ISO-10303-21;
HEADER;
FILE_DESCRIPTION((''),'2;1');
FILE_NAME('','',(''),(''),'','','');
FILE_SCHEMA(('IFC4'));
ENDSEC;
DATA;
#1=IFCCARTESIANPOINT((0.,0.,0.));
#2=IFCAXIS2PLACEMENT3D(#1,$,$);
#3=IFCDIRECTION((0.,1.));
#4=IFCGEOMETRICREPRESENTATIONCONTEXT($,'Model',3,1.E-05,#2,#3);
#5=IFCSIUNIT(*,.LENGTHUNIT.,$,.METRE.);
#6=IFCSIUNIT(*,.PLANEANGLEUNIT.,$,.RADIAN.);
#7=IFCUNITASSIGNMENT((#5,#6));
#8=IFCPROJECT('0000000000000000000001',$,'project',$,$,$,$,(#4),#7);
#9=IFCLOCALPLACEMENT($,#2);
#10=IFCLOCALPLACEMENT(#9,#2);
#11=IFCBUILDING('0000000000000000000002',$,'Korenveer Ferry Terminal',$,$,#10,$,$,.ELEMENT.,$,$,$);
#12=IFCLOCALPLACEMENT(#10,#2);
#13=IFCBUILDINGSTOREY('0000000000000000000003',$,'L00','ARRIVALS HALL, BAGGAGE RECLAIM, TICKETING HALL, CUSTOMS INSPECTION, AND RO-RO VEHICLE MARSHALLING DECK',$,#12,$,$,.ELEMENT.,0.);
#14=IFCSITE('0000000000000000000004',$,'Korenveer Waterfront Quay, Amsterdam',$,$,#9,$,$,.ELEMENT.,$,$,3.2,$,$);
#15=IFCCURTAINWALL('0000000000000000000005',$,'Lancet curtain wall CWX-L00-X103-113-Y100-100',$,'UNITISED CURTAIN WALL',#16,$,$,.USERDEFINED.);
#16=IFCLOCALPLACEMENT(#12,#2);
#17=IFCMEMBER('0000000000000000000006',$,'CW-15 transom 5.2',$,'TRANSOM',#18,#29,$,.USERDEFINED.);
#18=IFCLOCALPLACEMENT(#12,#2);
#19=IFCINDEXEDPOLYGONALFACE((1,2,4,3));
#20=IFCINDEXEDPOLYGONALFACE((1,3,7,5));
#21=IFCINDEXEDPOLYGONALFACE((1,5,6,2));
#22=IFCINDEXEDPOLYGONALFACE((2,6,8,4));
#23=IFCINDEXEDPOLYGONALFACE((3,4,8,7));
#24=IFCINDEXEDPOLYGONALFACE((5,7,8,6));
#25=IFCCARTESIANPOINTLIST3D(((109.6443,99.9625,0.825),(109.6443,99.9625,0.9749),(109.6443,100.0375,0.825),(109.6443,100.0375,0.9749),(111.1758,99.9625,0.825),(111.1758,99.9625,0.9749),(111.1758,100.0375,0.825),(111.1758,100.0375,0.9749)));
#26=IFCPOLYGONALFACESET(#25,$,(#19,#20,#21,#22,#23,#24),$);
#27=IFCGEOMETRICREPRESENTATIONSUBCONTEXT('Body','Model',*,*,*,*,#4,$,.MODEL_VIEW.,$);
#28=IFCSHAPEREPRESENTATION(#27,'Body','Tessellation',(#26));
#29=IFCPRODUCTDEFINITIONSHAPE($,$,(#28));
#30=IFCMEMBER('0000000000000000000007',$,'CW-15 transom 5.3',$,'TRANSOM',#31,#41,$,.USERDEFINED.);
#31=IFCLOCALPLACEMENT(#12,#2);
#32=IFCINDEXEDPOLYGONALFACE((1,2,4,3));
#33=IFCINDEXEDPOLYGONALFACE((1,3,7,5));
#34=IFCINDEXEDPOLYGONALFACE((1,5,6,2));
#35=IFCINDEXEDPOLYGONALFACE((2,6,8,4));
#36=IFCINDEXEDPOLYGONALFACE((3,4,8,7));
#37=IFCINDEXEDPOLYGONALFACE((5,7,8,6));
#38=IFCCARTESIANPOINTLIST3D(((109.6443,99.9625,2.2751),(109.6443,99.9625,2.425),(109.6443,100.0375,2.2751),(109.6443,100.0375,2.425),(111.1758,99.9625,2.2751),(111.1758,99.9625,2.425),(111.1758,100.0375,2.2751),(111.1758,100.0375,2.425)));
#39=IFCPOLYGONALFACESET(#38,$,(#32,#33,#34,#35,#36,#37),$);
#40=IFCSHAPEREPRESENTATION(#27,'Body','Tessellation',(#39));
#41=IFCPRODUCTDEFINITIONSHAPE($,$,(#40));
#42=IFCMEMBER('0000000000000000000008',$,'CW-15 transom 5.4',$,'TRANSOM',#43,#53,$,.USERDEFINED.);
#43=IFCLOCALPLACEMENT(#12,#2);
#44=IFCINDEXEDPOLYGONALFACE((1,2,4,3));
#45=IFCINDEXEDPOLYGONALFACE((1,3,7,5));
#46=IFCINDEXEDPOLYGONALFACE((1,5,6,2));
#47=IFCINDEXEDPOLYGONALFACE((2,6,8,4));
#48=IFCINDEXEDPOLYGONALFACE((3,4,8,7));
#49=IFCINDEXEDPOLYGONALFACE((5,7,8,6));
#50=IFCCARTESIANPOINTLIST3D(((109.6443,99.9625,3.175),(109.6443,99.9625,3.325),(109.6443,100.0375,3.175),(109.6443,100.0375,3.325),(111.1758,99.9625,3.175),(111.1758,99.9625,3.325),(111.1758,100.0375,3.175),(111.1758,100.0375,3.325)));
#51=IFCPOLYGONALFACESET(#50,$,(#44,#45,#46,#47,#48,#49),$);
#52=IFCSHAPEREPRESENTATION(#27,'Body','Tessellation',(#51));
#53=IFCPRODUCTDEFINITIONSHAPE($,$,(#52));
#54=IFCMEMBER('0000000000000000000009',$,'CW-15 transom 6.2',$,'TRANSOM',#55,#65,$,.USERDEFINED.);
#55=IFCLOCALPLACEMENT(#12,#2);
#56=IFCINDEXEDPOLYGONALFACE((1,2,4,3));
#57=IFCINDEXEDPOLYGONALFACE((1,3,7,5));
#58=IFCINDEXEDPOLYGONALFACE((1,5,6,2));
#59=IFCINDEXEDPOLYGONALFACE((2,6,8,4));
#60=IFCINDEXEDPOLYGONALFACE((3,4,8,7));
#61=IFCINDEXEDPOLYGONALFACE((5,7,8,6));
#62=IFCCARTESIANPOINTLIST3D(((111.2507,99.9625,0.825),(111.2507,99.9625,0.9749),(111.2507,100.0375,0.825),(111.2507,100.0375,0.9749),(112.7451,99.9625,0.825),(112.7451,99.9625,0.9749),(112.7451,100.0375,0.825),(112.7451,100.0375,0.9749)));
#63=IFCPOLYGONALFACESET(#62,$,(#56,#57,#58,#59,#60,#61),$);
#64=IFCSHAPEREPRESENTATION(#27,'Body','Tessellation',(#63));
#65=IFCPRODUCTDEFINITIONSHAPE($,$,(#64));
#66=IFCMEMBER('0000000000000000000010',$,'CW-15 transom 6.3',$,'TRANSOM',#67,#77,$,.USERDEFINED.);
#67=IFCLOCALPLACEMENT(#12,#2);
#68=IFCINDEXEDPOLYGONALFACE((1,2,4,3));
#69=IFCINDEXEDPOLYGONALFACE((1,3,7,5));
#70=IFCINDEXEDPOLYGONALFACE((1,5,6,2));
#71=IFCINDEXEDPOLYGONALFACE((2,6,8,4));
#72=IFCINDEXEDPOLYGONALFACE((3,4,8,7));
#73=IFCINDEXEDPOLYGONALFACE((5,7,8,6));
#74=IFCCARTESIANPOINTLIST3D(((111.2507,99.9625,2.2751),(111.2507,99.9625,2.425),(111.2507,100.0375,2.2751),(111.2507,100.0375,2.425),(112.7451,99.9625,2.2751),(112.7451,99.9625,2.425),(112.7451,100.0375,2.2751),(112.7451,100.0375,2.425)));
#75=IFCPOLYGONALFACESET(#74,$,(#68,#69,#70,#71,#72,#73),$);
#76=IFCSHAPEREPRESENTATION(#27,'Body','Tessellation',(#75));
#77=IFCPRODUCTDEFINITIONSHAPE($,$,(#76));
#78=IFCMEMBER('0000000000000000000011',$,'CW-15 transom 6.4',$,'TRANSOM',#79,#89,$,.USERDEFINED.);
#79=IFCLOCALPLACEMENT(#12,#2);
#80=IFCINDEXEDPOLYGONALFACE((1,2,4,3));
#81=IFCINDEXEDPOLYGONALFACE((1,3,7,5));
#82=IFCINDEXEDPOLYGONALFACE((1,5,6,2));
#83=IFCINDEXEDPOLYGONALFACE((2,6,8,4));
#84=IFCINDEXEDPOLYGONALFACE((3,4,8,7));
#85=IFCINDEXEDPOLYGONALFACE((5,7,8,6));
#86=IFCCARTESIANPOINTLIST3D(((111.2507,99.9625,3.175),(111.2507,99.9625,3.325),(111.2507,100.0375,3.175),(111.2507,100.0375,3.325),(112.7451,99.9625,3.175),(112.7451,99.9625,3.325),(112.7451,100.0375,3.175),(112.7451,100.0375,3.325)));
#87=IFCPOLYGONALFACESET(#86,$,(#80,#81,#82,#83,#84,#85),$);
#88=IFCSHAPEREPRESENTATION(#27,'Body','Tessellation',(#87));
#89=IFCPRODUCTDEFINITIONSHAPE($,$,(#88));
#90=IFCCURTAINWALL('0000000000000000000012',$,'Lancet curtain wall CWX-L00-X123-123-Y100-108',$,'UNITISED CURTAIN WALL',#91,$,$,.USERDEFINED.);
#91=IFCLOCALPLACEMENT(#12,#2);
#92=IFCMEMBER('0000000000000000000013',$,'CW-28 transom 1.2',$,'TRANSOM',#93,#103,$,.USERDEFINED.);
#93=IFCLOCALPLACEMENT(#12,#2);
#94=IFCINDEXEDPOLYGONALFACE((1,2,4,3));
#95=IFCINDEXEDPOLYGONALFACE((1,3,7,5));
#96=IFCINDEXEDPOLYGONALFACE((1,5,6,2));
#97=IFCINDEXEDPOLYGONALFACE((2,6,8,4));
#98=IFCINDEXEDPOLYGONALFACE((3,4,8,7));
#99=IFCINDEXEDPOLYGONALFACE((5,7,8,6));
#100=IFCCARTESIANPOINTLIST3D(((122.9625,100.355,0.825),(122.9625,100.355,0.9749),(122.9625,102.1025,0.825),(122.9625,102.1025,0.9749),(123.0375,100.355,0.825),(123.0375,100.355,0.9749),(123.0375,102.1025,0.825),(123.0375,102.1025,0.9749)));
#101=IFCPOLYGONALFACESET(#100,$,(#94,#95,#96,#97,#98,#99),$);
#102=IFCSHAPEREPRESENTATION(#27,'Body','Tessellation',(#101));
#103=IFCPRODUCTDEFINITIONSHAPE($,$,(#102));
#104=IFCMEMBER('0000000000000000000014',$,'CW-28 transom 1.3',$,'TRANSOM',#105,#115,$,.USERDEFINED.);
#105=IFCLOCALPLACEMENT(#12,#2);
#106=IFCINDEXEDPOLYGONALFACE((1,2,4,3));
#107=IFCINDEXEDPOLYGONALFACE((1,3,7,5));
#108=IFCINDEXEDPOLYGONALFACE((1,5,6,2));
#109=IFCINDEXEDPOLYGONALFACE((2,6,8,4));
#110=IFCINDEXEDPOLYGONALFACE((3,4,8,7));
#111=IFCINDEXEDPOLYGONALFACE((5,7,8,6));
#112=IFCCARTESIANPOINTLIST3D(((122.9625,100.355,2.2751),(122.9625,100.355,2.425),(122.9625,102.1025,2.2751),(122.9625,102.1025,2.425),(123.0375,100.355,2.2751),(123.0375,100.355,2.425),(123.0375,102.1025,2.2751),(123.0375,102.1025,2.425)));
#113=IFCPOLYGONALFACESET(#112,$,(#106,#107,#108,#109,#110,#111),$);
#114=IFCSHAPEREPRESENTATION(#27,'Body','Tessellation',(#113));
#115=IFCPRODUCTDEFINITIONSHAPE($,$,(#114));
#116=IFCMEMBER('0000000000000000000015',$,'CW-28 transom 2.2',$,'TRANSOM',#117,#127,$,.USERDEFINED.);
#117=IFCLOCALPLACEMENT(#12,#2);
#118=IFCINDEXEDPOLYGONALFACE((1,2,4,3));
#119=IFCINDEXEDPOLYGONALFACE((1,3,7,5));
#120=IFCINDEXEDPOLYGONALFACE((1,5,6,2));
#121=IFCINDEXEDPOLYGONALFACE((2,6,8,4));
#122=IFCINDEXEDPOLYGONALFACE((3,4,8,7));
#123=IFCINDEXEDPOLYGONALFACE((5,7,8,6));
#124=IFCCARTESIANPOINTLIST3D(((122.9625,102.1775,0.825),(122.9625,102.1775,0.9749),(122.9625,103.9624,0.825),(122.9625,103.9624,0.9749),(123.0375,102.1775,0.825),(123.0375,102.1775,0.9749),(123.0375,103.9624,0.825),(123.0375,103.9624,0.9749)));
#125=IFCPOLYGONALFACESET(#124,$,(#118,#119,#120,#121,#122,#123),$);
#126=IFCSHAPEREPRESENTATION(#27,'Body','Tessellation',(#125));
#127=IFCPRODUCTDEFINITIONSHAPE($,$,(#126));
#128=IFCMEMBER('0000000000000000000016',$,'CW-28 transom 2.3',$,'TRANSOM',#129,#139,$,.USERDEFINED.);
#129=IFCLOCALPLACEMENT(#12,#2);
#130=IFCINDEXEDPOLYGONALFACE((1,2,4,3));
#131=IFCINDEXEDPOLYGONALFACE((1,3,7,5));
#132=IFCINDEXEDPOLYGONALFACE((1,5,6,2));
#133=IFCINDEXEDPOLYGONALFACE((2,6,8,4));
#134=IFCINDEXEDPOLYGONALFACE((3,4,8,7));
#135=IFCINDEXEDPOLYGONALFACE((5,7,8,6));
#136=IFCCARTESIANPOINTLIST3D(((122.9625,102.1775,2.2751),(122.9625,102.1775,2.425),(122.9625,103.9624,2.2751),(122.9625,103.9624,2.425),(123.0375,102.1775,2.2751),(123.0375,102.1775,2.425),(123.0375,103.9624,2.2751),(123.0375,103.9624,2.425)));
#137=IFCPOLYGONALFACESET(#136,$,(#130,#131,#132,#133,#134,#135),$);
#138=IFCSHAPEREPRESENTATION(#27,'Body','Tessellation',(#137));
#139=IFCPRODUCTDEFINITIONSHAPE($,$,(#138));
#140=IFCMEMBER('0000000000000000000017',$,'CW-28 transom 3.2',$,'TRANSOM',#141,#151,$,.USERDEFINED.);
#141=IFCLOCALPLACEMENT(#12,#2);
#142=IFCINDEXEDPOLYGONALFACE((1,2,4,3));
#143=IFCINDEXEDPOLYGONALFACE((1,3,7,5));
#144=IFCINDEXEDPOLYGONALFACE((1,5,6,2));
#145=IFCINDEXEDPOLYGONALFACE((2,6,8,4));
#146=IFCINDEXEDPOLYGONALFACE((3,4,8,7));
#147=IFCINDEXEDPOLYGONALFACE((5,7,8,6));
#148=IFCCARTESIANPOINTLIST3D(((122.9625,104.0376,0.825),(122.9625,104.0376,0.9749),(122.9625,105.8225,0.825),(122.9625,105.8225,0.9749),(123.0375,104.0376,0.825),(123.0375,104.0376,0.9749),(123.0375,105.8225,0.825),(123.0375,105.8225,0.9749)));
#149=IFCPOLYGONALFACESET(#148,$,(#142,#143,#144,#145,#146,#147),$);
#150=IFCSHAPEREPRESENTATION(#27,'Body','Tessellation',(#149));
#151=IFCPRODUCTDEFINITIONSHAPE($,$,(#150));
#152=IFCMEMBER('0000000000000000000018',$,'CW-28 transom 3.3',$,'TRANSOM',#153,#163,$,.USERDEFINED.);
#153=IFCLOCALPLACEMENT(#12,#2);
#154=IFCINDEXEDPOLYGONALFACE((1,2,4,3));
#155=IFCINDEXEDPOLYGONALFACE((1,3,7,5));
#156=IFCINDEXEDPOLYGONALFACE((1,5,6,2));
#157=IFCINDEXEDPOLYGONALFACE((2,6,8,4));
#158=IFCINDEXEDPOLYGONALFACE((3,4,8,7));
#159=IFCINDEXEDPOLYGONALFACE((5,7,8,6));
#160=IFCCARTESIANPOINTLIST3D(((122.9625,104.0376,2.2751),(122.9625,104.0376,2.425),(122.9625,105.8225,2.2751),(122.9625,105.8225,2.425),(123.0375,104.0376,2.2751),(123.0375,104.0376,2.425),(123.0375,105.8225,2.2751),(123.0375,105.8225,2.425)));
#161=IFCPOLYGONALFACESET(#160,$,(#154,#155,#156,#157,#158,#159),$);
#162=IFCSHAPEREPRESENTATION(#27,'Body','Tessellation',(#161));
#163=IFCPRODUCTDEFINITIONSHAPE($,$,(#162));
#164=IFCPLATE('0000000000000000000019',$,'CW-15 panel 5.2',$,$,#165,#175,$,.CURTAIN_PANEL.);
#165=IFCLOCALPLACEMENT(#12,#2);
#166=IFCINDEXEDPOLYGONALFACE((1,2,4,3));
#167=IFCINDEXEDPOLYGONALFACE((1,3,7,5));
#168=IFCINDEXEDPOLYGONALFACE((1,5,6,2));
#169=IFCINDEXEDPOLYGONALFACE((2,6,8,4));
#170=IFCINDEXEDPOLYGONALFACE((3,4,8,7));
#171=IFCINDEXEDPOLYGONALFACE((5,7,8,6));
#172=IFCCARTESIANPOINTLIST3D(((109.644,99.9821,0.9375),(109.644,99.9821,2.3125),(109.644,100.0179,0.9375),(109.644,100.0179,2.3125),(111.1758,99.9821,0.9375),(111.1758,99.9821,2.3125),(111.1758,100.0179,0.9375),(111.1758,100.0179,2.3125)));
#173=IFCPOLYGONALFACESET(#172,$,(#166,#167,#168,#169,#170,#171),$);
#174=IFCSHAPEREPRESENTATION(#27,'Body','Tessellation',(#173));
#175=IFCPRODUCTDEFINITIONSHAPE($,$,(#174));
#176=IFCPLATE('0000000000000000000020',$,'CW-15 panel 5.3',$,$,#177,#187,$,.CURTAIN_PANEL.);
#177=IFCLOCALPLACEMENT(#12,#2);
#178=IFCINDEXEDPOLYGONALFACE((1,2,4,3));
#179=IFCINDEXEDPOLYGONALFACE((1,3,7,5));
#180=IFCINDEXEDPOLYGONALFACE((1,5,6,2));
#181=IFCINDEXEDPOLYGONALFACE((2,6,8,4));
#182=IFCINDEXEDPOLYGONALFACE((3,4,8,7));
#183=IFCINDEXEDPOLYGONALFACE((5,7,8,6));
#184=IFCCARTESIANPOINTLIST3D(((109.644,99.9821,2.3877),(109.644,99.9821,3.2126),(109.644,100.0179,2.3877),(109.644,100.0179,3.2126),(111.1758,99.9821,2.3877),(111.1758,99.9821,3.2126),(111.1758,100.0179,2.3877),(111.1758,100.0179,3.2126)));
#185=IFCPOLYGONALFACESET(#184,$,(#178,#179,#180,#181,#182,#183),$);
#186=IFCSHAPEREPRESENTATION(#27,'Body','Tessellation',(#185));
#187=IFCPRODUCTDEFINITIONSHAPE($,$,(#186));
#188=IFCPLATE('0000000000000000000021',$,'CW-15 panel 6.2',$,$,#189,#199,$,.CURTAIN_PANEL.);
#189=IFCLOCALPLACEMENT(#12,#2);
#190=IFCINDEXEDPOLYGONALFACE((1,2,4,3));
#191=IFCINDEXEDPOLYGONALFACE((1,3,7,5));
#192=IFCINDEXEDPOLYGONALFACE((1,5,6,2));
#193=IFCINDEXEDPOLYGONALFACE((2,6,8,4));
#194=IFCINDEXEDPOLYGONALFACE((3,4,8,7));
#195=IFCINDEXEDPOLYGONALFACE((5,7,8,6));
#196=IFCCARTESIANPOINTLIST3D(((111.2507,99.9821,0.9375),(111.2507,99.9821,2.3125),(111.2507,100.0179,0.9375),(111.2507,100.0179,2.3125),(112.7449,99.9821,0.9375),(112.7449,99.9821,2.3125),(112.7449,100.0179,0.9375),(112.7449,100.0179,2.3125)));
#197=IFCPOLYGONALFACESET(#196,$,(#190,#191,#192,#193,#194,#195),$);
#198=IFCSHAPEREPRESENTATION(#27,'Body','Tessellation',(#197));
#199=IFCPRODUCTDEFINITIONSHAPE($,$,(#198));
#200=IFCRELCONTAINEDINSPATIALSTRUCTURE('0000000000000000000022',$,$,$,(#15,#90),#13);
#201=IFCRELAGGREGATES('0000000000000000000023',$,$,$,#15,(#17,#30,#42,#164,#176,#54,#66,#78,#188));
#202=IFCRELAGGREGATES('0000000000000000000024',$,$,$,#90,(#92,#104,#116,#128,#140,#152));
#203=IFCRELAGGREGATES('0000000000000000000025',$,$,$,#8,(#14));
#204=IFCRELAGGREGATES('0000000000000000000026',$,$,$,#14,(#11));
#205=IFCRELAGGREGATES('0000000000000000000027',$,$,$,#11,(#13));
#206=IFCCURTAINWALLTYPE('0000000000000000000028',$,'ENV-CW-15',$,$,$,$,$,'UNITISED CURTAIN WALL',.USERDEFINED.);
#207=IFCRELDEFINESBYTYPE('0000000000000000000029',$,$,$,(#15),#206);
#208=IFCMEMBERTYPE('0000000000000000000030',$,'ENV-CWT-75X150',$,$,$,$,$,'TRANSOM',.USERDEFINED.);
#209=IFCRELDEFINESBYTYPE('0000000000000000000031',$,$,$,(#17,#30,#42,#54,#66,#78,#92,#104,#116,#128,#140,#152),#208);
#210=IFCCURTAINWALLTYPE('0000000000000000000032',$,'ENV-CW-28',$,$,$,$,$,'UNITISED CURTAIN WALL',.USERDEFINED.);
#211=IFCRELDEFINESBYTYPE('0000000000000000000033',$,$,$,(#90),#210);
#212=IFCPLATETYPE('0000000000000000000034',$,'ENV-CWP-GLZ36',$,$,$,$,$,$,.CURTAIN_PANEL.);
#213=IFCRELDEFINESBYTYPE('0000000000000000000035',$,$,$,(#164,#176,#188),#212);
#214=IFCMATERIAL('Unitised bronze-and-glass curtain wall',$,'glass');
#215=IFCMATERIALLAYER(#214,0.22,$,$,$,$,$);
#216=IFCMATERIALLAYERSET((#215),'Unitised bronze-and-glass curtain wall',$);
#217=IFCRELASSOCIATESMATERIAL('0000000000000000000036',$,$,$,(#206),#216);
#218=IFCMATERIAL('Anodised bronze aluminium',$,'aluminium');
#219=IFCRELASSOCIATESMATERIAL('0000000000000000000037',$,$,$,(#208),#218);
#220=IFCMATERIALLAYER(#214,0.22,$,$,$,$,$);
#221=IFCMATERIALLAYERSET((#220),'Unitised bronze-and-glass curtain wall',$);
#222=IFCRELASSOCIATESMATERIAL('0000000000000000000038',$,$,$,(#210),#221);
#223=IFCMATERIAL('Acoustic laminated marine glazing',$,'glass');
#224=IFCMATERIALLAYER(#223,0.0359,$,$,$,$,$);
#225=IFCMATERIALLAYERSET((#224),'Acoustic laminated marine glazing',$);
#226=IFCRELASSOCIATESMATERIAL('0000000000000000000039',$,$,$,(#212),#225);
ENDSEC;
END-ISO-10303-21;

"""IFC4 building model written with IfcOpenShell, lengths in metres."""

from ifc_helpers import new_model, si_unit, direction, frame, origin, origin_2d, place, context, subcontext, project, spatial, rectangle, extrude, material, layer, layer_set, material_profile, profile_set, type_object, element, aggregate, save


model = new_model("IFC4")

# Units and contexts
model_context = context("Model", 3, precision=1e-05, world=origin(), true_north=direction((0.0, 1.0)))
body_context = subcontext(model_context, "Body", "Model", "MODEL_VIEW")
ifc_project = project(units=[si_unit("LENGTHUNIT", "METRE"), si_unit("PLANEANGLEUNIT", "RADIAN")], contexts=[model_context])

# Site, building, storey
site_placement = place(None, origin())
site = spatial("IfcSite", under=ifc_project, at=site_placement, Name="Korenveer Waterfront Quay, Amsterdam", CompositionType="ELEMENT", RefElevation=3.2)
building_placement = place(site_placement, origin())
building = spatial("IfcBuilding", under=site, at=building_placement, Name="Korenveer Ferry Terminal", CompositionType="ELEMENT")
storey_placement = place(building_placement, origin())
storey = spatial("IfcBuildingStorey", under=building, at=storey_placement, Name="L00", Description="ARRIVALS HALL, BAGGAGE RECLAIM, TICKETING HALL, CUSTOMS INSPECTION, AND RO-RO VEHICLE MARSHALLING DECK", CompositionType="ELEMENT", Elevation=0.0)

# Curtain walls, members
ifc_material_1 = material(Name="Unitised bronze-and-glass curtain wall", Category="glass")
ifc_layer_1 = layer(ifc_material_1, 0.22)
ifc_layer_set_1 = layer_set([ifc_layer_1], Name="Unitised bronze-and-glass curtain wall")
curtain_wall_type_1 = type_object("IfcCurtainWallType", Name="ENV-CW-15", ElementType="UNITISED CURTAIN WALL", PredefinedType="USERDEFINED", material=ifc_layer_set_1)
curtain_wall_1_placement = place(storey_placement, frame((103.1799, 100.0, 0.0)))
curtain_wall_1 = element("IfcCurtainWall", 1, at=curtain_wall_1_placement, inside=storey, type_object=curtain_wall_type_1, Name="Lancet curtain wall CWX-L00-X103-113-Y100-100", ObjectType="UNITISED CURTAIN WALL", PredefinedType="USERDEFINED")
ifc_material_2 = material(Name="Anodised bronze aluminium", Category="aluminium")
ifc_material_profile = material_profile(ifc_material_2, rectangle(XDim=0.075, YDim=0.1499, at=origin_2d()), Name="ALU 75x150")
ifc_profile_set = profile_set([ifc_material_profile], Name="Anodised bronze aluminium")
member_type = type_object("IfcMemberType", Name="ENV-CWT-75X150", ElementType="TRANSOM", PredefinedType="USERDEFINED", material=ifc_profile_set)
member_1_placement = place(storey_placement, frame((109.6443, 100.0, 0.8999), z_axis=(1.0, 0.0, 0.0), x_axis=(0.0, 1.0, 0.0)))
member_1 = element("IfcMember", 2, at=member_1_placement, type_object=member_type, Name="CW-15 transom 5.2", ObjectType="TRANSOM", PredefinedType="USERDEFINED", context=body_context, shape_type="SweptSolid", body=[
    extrude(rectangle(XDim=0.075, YDim=0.1499, at=origin_2d()), origin(), (0.0, 0.0, 1.0), 1.5315),
])
member_2_placement = place(storey_placement, frame((109.6443, 100.0, 2.3501), z_axis=(1.0, 0.0, 0.0), x_axis=(0.0, 1.0, 0.0)))
member_2 = element("IfcMember", 3, at=member_2_placement, type_object=member_type, Name="CW-15 transom 5.3", ObjectType="TRANSOM", PredefinedType="USERDEFINED", context=body_context, shape_type="SweptSolid", body=[
    extrude(rectangle(XDim=0.075, YDim=0.1499, at=origin_2d()), origin(), (0.0, 0.0, 1.0), 1.5315),
])
member_3_placement = place(storey_placement, frame((109.6443, 100.0, 3.25), z_axis=(1.0, 0.0, 0.0), x_axis=(0.0, 1.0, 0.0)))
member_3 = element("IfcMember", 4, at=member_3_placement, type_object=member_type, Name="CW-15 transom 5.4", ObjectType="TRANSOM", PredefinedType="USERDEFINED", context=body_context, shape_type="SweptSolid", body=[
    extrude(rectangle(XDim=0.075, YDim=0.1499, at=origin_2d()), origin(), (0.0, 0.0, 1.0), 1.5315),
])
member_4_placement = place(storey_placement, frame((111.2507, 100.0, 0.8999), z_axis=(1.0, 0.0, 0.0), x_axis=(0.0, 1.0, 0.0)))
member_4 = element("IfcMember", 5, at=member_4_placement, type_object=member_type, Name="CW-15 transom 6.2", ObjectType="TRANSOM", PredefinedType="USERDEFINED", context=body_context, shape_type="SweptSolid", body=[
    extrude(rectangle(XDim=0.075, YDim=0.1499, at=origin_2d()), origin(), (0.0, 0.0, 1.0), 1.4944),
])
member_5_placement = place(storey_placement, frame((111.2507, 100.0, 2.3501), z_axis=(1.0, 0.0, 0.0), x_axis=(0.0, 1.0, 0.0)))
member_5 = element("IfcMember", 6, at=member_5_placement, type_object=member_type, Name="CW-15 transom 6.3", ObjectType="TRANSOM", PredefinedType="USERDEFINED", context=body_context, shape_type="SweptSolid", body=[
    extrude(rectangle(XDim=0.075, YDim=0.1499, at=origin_2d()), origin(), (0.0, 0.0, 1.0), 1.4944),
])
member_6_placement = place(storey_placement, frame((111.2507, 100.0, 3.25), z_axis=(1.0, 0.0, 0.0), x_axis=(0.0, 1.0, 0.0)))
member_6 = element("IfcMember", 7, at=member_6_placement, type_object=member_type, Name="CW-15 transom 6.4", ObjectType="TRANSOM", PredefinedType="USERDEFINED", context=body_context, shape_type="SweptSolid", body=[
    extrude(rectangle(XDim=0.075, YDim=0.1499, at=origin_2d()), origin(), (0.0, 0.0, 1.0), 1.4944),
])
ifc_layer_2 = layer(ifc_material_1, 0.22)
ifc_layer_set_2 = layer_set([ifc_layer_2], Name="Unitised bronze-and-glass curtain wall")
curtain_wall_type_2 = type_object("IfcCurtainWallType", Name="ENV-CW-28", ElementType="UNITISED CURTAIN WALL", PredefinedType="USERDEFINED", material=ifc_layer_set_2)
curtain_wall_2_placement = place(storey_placement, frame((123.0, 100.28, 0.0)))
curtain_wall_2 = element("IfcCurtainWall", 8, at=curtain_wall_2_placement, inside=storey, type_object=curtain_wall_type_2, Name="Lancet curtain wall CWX-L00-X123-123-Y100-108", ObjectType="UNITISED CURTAIN WALL", PredefinedType="USERDEFINED")
member_7_placement = place(storey_placement, frame((123.0, 100.355, 0.8999), z_axis=(0.0, 1.0, 0.0), x_axis=(-1.0, 0.0, 0.0)))
member_7 = element("IfcMember", 9, at=member_7_placement, type_object=member_type, Name="CW-28 transom 1.2", ObjectType="TRANSOM", PredefinedType="USERDEFINED", context=body_context, shape_type="SweptSolid", body=[
    extrude(rectangle(XDim=0.075, YDim=0.1499, at=origin_2d()), origin(), (0.0, 0.0, 1.0), 1.7476),
])
member_8_placement = place(storey_placement, frame((123.0, 100.355, 2.3501), z_axis=(0.0, 1.0, 0.0), x_axis=(-1.0, 0.0, 0.0)))
member_8 = element("IfcMember", 10, at=member_8_placement, type_object=member_type, Name="CW-28 transom 1.3", ObjectType="TRANSOM", PredefinedType="USERDEFINED", context=body_context, shape_type="SweptSolid", body=[
    extrude(rectangle(XDim=0.075, YDim=0.1499, at=origin_2d()), origin(), (0.0, 0.0, 1.0), 1.7476),
])
member_9_placement = place(storey_placement, frame((123.0, 102.1775, 0.8999), z_axis=(0.0, 1.0, 0.0), x_axis=(-1.0, 0.0, 0.0)))
member_9 = element("IfcMember", 11, at=member_9_placement, type_object=member_type, Name="CW-28 transom 2.2", ObjectType="TRANSOM", PredefinedType="USERDEFINED", context=body_context, shape_type="SweptSolid", body=[
    extrude(rectangle(XDim=0.075, YDim=0.1499, at=origin_2d()), origin(), (0.0, 0.0, 1.0), 1.7849),
])
member_10_placement = place(storey_placement, frame((123.0, 102.1775, 2.3501), z_axis=(0.0, 1.0, 0.0), x_axis=(-1.0, 0.0, 0.0)))
member_10 = element("IfcMember", 12, at=member_10_placement, type_object=member_type, Name="CW-28 transom 2.3", ObjectType="TRANSOM", PredefinedType="USERDEFINED", context=body_context, shape_type="SweptSolid", body=[
    extrude(rectangle(XDim=0.075, YDim=0.1499, at=origin_2d()), origin(), (0.0, 0.0, 1.0), 1.7849),
])
member_11_placement = place(storey_placement, frame((123.0, 104.0376, 0.8999), z_axis=(0.0, 1.0, 0.0), x_axis=(-1.0, 0.0, 0.0)))
member_11 = element("IfcMember", 13, at=member_11_placement, type_object=member_type, Name="CW-28 transom 3.2", ObjectType="TRANSOM", PredefinedType="USERDEFINED", context=body_context, shape_type="SweptSolid", body=[
    extrude(rectangle(XDim=0.075, YDim=0.1499, at=origin_2d()), origin(), (0.0, 0.0, 1.0), 1.7849),
])
member_12_placement = place(storey_placement, frame((123.0, 104.0376, 2.3501), z_axis=(0.0, 1.0, 0.0), x_axis=(-1.0, 0.0, 0.0)))
member_12 = element("IfcMember", 14, at=member_12_placement, type_object=member_type, Name="CW-28 transom 3.3", ObjectType="TRANSOM", PredefinedType="USERDEFINED", context=body_context, shape_type="SweptSolid", body=[
    extrude(rectangle(XDim=0.075, YDim=0.1499, at=origin_2d()), origin(), (0.0, 0.0, 1.0), 1.7849),
])

# Plates
ifc_material_3 = material(Name="Acoustic laminated marine glazing", Category="glass")
ifc_layer_3 = layer(ifc_material_3, 0.0359)
ifc_layer_set_3 = layer_set([ifc_layer_3], Name="Acoustic laminated marine glazing")
plate_type = type_object("IfcPlateType", Name="ENV-CWP-GLZ36", PredefinedType="CURTAIN_PANEL", material=ifc_layer_set_3)
plate_1_placement = place(storey_placement, frame((110.4099, 100.0, 0.9375), z_axis=(0.0, 0.0, 1.0), x_axis=(1.0, 0.0, 0.0)))
plate_1 = element("IfcPlate", 15, at=plate_1_placement, type_object=plate_type, Name="CW-15 panel 5.2", PredefinedType="CURTAIN_PANEL", context=body_context, shape_type="SweptSolid", body=[
    extrude(rectangle(XDim=1.5317, YDim=0.0359, at=origin_2d()), origin(), (0.0, 0.0, 1.0), 1.375),
])
plate_2_placement = place(storey_placement, frame((110.4099, 100.0, 2.3877), z_axis=(0.0, 0.0, 1.0), x_axis=(1.0, 0.0, 0.0)))
plate_2 = element("IfcPlate", 16, at=plate_2_placement, type_object=plate_type, Name="CW-15 panel 5.3", PredefinedType="CURTAIN_PANEL", context=body_context, shape_type="SweptSolid", body=[
    extrude(rectangle(XDim=1.5317, YDim=0.0359, at=origin_2d()), origin(), (0.0, 0.0, 1.0), 0.825),
])
plate_3_placement = place(storey_placement, frame((111.9978, 100.0, 0.9375), z_axis=(0.0, 0.0, 1.0), x_axis=(1.0, 0.0, 0.0)))
plate_3 = element("IfcPlate", 17, at=plate_3_placement, type_object=plate_type, Name="CW-15 panel 6.2", PredefinedType="CURTAIN_PANEL", context=body_context, shape_type="SweptSolid", body=[
    extrude(rectangle(XDim=1.4941, YDim=0.0359, at=origin_2d()), origin(), (0.0, 0.0, 1.0), 1.375),
])
aggregate(curtain_wall_1, [member_1, member_2, member_3, plate_1, plate_2, member_4, member_5, member_6, plate_3])
aggregate(curtain_wall_2, [member_7, member_8, member_9, member_10, member_11, member_12])

save(model, "model.ifc")
